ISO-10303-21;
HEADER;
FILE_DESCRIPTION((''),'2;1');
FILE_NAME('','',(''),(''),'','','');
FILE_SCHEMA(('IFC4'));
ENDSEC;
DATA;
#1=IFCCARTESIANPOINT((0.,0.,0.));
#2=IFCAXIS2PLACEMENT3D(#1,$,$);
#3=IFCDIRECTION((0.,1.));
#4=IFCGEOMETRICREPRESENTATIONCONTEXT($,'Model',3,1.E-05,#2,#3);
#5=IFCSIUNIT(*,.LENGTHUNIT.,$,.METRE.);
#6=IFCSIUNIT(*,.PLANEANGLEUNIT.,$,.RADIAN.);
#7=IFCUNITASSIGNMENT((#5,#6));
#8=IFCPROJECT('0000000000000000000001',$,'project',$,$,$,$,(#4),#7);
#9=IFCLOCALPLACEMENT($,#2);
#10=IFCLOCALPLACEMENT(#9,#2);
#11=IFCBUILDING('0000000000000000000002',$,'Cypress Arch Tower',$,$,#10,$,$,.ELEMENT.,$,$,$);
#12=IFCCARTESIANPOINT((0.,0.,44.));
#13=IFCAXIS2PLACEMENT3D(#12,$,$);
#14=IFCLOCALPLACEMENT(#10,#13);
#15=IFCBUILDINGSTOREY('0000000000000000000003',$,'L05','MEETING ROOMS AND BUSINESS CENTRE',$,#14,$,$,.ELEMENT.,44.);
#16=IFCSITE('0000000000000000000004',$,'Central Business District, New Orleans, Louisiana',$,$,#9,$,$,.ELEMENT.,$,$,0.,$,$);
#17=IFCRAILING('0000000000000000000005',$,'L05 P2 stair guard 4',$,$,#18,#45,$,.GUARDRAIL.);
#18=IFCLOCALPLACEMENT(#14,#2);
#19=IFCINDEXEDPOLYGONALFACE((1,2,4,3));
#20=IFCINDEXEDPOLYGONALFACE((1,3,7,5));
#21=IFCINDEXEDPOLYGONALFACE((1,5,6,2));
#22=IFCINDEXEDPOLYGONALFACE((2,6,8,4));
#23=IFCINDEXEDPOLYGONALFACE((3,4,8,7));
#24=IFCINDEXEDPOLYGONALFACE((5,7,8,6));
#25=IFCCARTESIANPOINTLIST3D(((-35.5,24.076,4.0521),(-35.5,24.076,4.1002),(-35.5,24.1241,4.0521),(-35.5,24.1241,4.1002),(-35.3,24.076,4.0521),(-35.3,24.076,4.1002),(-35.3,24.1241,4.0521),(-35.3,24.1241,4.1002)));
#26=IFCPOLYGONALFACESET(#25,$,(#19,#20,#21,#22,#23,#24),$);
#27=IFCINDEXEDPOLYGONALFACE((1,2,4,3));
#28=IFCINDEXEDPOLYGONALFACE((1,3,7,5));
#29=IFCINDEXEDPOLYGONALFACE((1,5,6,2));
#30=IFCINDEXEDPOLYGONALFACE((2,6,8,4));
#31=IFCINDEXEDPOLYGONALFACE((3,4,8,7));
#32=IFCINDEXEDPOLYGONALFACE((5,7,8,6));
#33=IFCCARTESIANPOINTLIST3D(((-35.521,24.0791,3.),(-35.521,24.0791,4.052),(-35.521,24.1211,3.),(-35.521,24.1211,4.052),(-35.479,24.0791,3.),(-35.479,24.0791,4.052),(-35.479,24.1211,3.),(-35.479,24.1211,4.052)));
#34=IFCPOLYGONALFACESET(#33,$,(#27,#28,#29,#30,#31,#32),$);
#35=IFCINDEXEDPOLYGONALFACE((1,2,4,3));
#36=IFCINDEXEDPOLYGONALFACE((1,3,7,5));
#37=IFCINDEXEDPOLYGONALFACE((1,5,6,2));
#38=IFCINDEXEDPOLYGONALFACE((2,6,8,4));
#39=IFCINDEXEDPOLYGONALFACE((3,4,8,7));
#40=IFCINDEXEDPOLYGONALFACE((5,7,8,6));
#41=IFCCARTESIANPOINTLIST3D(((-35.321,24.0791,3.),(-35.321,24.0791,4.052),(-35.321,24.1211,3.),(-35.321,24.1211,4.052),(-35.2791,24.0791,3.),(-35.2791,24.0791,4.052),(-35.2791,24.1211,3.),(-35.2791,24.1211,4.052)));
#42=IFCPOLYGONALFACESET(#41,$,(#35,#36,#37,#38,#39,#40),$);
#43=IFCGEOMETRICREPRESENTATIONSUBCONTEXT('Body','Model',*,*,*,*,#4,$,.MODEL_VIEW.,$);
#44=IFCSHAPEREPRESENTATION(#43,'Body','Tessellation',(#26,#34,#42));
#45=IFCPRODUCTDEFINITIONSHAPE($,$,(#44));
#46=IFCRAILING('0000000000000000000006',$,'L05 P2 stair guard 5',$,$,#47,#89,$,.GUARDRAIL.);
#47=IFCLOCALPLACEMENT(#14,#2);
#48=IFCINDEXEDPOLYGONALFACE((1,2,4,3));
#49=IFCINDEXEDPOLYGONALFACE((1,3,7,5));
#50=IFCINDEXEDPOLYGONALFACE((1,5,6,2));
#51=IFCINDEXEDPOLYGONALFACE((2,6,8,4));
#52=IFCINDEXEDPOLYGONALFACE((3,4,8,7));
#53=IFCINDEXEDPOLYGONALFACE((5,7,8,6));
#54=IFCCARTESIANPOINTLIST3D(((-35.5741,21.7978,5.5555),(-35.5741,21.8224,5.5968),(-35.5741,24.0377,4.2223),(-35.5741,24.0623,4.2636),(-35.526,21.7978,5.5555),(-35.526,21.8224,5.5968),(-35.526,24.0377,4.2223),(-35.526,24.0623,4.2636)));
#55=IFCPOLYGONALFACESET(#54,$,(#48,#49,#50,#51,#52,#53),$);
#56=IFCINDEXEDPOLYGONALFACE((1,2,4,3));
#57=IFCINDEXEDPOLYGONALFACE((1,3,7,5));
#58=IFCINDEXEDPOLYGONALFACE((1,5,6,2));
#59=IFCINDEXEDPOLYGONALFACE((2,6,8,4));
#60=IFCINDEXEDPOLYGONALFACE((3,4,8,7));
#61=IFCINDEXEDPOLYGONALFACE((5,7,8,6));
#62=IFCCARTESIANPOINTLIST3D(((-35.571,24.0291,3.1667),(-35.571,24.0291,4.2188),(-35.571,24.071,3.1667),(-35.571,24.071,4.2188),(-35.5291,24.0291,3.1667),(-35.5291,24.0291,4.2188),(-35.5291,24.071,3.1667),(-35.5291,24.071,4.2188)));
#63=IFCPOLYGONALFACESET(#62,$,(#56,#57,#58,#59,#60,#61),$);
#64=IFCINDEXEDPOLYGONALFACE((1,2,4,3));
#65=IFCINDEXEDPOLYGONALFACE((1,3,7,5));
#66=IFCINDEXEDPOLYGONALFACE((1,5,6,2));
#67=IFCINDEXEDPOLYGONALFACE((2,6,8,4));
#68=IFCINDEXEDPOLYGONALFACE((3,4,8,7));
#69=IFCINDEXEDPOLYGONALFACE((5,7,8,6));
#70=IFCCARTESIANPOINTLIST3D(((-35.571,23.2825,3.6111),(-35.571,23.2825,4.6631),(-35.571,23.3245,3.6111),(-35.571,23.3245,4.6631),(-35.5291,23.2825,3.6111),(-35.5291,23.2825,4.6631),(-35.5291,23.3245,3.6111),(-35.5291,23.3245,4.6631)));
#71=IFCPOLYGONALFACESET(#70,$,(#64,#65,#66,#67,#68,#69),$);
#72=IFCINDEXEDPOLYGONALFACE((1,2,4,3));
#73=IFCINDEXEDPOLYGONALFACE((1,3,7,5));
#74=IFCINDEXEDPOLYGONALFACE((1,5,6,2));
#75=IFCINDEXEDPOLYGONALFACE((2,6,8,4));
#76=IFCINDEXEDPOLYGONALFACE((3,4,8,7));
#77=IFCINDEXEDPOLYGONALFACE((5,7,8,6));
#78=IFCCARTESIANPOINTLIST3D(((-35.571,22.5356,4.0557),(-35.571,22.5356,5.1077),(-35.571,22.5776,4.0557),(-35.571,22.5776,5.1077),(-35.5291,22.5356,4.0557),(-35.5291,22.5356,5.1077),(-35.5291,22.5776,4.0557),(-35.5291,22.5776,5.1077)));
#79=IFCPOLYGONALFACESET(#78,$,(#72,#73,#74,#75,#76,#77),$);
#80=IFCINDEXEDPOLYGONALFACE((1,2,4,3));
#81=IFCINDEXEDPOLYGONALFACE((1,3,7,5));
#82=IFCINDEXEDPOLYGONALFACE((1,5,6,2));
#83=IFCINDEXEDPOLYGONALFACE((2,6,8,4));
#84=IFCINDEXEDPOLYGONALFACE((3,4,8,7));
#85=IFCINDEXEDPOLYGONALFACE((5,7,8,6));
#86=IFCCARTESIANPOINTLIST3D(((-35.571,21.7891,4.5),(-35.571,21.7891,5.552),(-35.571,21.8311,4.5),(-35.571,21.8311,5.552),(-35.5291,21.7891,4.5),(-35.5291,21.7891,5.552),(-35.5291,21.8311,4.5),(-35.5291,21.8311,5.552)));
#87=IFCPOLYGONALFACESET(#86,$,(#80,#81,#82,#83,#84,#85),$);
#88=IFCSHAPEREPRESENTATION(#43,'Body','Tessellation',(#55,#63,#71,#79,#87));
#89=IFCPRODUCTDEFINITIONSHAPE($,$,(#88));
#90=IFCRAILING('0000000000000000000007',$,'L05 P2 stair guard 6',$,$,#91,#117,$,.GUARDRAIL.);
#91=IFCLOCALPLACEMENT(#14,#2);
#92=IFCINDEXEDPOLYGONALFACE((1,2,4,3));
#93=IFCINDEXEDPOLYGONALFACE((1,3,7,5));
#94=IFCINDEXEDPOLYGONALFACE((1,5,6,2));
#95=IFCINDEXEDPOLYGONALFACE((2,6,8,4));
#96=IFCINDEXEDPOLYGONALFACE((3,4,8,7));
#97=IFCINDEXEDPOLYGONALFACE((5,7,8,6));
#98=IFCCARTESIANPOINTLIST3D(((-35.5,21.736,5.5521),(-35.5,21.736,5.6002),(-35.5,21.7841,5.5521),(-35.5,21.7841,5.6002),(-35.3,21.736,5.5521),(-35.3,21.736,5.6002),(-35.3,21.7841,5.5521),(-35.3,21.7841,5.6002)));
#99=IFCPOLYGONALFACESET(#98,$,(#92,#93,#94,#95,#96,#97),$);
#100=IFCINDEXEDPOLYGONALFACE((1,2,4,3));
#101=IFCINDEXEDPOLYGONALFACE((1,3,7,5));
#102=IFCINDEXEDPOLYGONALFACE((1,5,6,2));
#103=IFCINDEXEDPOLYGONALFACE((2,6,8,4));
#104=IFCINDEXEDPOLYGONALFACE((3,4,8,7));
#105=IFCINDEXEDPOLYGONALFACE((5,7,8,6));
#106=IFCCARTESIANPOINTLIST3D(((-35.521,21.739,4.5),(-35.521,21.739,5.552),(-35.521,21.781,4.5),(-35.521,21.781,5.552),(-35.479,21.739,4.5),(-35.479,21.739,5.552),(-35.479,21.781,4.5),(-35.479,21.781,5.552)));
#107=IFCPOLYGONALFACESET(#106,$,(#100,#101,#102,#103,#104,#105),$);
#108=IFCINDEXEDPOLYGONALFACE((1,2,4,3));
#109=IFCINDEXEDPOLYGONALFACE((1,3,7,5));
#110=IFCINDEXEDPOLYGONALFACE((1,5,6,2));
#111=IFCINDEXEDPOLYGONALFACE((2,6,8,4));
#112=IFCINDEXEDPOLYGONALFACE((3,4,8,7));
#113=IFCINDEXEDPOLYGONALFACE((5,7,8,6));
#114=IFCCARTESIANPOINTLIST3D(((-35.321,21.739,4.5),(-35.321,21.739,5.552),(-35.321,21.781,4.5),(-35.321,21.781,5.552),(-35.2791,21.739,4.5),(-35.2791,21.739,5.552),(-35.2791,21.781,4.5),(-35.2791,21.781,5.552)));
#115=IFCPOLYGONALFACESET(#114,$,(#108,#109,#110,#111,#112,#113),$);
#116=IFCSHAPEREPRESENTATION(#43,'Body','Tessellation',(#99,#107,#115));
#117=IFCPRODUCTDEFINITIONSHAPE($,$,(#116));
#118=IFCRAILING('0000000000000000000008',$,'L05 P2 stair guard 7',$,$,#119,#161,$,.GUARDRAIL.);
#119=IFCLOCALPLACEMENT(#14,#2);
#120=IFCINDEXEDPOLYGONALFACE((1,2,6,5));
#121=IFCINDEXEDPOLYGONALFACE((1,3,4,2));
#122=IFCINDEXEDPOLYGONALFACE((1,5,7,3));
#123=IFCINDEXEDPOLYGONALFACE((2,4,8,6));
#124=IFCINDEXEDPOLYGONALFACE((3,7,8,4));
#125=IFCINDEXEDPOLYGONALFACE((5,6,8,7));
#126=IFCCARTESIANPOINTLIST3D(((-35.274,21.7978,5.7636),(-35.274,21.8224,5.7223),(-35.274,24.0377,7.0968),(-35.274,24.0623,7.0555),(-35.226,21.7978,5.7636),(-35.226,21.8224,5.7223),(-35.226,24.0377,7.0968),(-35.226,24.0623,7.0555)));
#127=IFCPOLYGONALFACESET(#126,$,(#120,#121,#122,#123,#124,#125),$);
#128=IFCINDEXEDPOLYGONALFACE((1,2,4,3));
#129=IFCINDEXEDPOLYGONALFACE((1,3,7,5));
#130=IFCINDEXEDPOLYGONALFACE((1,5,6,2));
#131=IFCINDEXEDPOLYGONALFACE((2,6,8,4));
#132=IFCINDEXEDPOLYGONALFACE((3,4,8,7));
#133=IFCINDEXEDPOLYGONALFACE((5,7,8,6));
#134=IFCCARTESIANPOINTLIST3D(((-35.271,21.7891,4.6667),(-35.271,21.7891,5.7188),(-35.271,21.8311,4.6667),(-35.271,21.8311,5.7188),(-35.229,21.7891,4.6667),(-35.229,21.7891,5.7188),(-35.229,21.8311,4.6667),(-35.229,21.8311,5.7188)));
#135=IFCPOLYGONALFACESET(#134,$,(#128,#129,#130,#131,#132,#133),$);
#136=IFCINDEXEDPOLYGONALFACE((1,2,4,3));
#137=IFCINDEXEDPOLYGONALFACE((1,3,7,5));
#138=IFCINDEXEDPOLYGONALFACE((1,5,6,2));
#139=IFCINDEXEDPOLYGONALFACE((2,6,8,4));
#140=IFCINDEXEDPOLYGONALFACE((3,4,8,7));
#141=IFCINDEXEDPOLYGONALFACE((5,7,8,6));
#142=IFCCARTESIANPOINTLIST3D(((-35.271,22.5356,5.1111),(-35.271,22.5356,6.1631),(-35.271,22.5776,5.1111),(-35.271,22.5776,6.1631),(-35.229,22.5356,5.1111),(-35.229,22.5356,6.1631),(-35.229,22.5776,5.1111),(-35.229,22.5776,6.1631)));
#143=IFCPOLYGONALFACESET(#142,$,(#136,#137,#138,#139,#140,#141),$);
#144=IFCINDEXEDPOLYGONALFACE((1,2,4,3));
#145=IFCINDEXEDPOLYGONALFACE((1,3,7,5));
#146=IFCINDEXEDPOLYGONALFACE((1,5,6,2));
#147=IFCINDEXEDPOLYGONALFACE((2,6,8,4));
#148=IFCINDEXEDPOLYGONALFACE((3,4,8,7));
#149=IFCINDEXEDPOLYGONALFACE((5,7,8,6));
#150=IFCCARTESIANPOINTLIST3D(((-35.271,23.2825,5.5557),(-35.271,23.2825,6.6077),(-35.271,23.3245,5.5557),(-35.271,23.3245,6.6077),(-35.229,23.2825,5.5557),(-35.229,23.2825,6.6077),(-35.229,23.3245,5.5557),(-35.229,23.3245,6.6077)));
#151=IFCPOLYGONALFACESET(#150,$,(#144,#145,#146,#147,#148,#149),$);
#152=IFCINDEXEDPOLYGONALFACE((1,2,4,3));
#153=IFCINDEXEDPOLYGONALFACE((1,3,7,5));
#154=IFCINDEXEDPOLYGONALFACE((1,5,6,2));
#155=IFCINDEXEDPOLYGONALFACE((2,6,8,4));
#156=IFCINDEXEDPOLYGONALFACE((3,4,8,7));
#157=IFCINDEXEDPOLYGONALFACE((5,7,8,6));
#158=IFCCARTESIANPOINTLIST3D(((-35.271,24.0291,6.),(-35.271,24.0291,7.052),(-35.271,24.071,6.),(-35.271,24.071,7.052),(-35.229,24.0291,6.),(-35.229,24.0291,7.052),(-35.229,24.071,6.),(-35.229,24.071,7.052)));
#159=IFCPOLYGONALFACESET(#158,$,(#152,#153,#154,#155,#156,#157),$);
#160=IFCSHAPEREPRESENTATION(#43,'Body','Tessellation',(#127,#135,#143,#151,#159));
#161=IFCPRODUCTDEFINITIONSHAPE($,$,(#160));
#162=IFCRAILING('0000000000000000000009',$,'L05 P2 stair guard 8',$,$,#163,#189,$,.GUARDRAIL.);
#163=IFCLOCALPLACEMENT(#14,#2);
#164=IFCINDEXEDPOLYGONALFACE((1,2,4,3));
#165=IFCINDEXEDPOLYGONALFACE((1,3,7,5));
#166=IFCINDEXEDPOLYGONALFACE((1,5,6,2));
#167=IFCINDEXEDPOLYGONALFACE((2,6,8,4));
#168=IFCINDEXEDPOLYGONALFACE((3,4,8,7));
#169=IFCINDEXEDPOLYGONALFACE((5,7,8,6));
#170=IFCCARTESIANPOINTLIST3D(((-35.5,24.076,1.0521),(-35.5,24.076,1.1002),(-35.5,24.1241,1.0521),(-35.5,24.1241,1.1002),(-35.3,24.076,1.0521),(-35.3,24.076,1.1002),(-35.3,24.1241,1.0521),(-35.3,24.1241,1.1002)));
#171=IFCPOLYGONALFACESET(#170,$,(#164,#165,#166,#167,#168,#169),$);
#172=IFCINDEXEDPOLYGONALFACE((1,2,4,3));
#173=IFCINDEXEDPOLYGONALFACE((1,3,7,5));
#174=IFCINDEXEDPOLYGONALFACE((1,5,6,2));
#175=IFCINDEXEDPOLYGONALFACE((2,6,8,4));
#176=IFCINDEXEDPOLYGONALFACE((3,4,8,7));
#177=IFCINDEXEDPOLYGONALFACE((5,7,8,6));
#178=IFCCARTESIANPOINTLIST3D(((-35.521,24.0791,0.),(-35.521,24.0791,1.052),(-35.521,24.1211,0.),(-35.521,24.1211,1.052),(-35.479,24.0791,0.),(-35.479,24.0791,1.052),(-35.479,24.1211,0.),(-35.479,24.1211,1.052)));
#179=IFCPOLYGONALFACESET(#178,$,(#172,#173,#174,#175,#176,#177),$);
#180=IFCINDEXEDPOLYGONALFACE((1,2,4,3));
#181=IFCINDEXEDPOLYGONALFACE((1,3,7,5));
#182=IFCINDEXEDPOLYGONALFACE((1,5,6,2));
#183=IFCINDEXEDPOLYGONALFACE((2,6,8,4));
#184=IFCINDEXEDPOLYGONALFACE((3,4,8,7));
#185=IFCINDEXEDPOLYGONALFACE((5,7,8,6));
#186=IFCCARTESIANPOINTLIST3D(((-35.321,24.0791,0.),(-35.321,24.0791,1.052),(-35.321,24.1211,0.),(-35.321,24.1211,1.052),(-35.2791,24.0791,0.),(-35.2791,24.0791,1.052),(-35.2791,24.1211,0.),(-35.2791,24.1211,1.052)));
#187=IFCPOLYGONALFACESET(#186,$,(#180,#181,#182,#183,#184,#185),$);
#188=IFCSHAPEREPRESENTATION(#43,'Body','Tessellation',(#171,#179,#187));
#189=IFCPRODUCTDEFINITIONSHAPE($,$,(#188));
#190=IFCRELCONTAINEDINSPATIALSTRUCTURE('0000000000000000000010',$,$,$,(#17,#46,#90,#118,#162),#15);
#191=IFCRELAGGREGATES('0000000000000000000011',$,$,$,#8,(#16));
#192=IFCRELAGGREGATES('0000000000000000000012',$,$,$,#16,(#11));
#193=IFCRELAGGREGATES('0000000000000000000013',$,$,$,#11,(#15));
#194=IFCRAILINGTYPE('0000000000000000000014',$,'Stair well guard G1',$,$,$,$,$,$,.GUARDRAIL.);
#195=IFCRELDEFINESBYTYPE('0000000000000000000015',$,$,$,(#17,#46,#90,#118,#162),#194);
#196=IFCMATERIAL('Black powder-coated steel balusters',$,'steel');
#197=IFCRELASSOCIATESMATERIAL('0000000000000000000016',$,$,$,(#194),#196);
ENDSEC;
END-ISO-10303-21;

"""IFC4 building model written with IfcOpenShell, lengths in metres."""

from ifc_helpers import new_model, si_unit, direction, frame, origin, origin_2d, place, context, subcontext, project, spatial, rectangle, extrude, material, type_object, element, save


model = new_model("IFC4")

# Units and contexts
model_context = context("Model", 3, precision=1e-05, world=origin(), true_north=direction((0.0, 1.0)))
body_context = subcontext(model_context, "Body", "Model", "MODEL_VIEW")
ifc_project = project(units=[si_unit("LENGTHUNIT", "METRE"), si_unit("PLANEANGLEUNIT", "RADIAN")], contexts=[model_context])

# Site, building, storey
site_placement = place(None, origin())
site = spatial("IfcSite", under=ifc_project, at=site_placement, Name="Central Business District, New Orleans, Louisiana", CompositionType="ELEMENT", RefElevation=0.0)
building_placement = place(site_placement, origin())
building = spatial("IfcBuilding", under=site, at=building_placement, Name="Cypress Arch Tower", CompositionType="ELEMENT")
storey_placement = place(building_placement, frame((0.0, 0.0, 44.0)))
storey = spatial("IfcBuildingStorey", under=building, at=storey_placement, Name="L05", Description="MEETING ROOMS AND BUSINESS CENTRE", CompositionType="ELEMENT", Elevation=44.0)

# Railings
ifc_material_1 = material(Name="Black powder-coated steel balusters", Category="steel")
railing_type_1 = type_object("IfcRailingType", Name="Stair well guard G1", PredefinedType="GUARDRAIL", material=ifc_material_1)
railing_1_placement = place(storey_placement, frame((-35.5, 24.1001, 3.0)))
element("IfcRailing", 1, at=railing_1_placement, inside=storey, type_object=railing_type_1, Name="L05 P2 stair guard 4", PredefinedType="GUARDRAIL", context=body_context, shape_type="SweptSolid", body=[
    extrude(rectangle(XDim=0.0481, YDim=0.0481, at=origin_2d()), frame((0.0, 0.0, 1.0762), z_axis=(1.0, 0.0, 0.0), x_axis=(0.0, 1.0, 0.0)), (0.0, 0.0, 1.0), 0.2),
    extrude(rectangle(XDim=0.042, YDim=0.042, at=origin_2d()), origin(), (0.0, 0.0, 1.0), 1.052),
    extrude(rectangle(XDim=0.042, YDim=0.042, at=origin_2d()), frame((0.2, 0.0, 0.0)), (0.0, 0.0, 1.0), 1.052),
])
railing_2_placement = place(storey_placement, frame((-35.55, 24.05, 3.1667)))
element("IfcRailing", 2, at=railing_2_placement, inside=storey, type_object=railing_type_1, Name="L05 P2 stair guard 5", PredefinedType="GUARDRAIL", context=body_context, shape_type="SweptSolid", body=[
    extrude(rectangle(XDim=0.0481, YDim=0.0481, at=origin_2d()), frame((0.0, 0.0, 1.0762), z_axis=(0.0, -0.859306, 0.511462), x_axis=(1.0, 0.0, 0.0)), (0.0, 0.0, 1.0), 2.6067),
    extrude(rectangle(XDim=0.042, YDim=0.042, at=origin_2d()), origin(), (0.0, 0.0, 1.0), 1.052),
    extrude(rectangle(XDim=0.042, YDim=0.042, at=origin_2d()), frame((0.0, -0.7466, 0.4443)), (0.0, 0.0, 1.0), 1.052),
    extrude(rectangle(XDim=0.042, YDim=0.042, at=origin_2d()), frame((0.0, -1.4934, 0.8889)), (0.0, 0.0, 1.0), 1.052),
    extrude(rectangle(XDim=0.042, YDim=0.042, at=origin_2d()), frame((0.0, -2.24, 1.3333)), (0.0, 0.0, 1.0), 1.052),
])
railing_3_placement = place(storey_placement, frame((-35.5, 21.76, 4.5)))
element("IfcRailing", 3, at=railing_3_placement, inside=storey, type_object=railing_type_1, Name="L05 P2 stair guard 6", PredefinedType="GUARDRAIL", context=body_context, shape_type="SweptSolid", body=[
    extrude(rectangle(XDim=0.0481, YDim=0.0481, at=origin_2d()), frame((0.0, 0.0, 1.0762), z_axis=(1.0, 0.0, 0.0), x_axis=(0.0, 1.0, 0.0)), (0.0, 0.0, 1.0), 0.2),
    extrude(rectangle(XDim=0.042, YDim=0.042, at=origin_2d()), origin(), (0.0, 0.0, 1.0), 1.052),
    extrude(rectangle(XDim=0.042, YDim=0.042, at=origin_2d()), frame((0.2, 0.0, 0.0)), (0.0, 0.0, 1.0), 1.052),
])
railing_4_placement = place(storey_placement, frame((-35.25, 21.8101, 4.6667)))
element("IfcRailing", 4, at=railing_4_placement, inside=storey, type_object=railing_type_1, Name="L05 P2 stair guard 7", PredefinedType="GUARDRAIL", context=body_context, shape_type="SweptSolid", body=[
    extrude(rectangle(XDim=0.0481, YDim=0.0481, at=origin_2d()), frame((0.0, 0.0, 1.0762), z_axis=(0.0, 0.859306, 0.511462), x_axis=(-1.0, 0.0, 0.0)), (0.0, 0.0, 1.0), 2.6067),
    extrude(rectangle(XDim=0.042, YDim=0.042, at=origin_2d()), origin(), (0.0, 0.0, 1.0), 1.052),
    extrude(rectangle(XDim=0.042, YDim=0.042, at=origin_2d()), frame((0.0, 0.7466, 0.4443)), (0.0, 0.0, 1.0), 1.052),
    extrude(rectangle(XDim=0.042, YDim=0.042, at=origin_2d()), frame((0.0, 1.4934, 0.8889)), (0.0, 0.0, 1.0), 1.052),
    extrude(rectangle(XDim=0.042, YDim=0.042, at=origin_2d()), frame((0.0, 2.24, 1.3333)), (0.0, 0.0, 1.0), 1.052),
])
railing_5_placement = place(storey_placement, frame((-35.5, 24.1001, 0.0)))
element("IfcRailing", 5, at=railing_5_placement, inside=storey, type_object=railing_type_1, Name="L05 P2 stair guard 8", PredefinedType="GUARDRAIL", context=body_context, shape_type="SweptSolid", body=[
    extrude(rectangle(XDim=0.0481, YDim=0.0481, at=origin_2d()), frame((0.0, 0.0, 1.0762), z_axis=(1.0, 0.0, 0.0), x_axis=(0.0, 1.0, 0.0)), (0.0, 0.0, 1.0), 0.2),
    extrude(rectangle(XDim=0.042, YDim=0.042, at=origin_2d()), origin(), (0.0, 0.0, 1.0), 1.052),
    extrude(rectangle(XDim=0.042, YDim=0.042, at=origin_2d()), frame((0.2, 0.0, 0.0)), (0.0, 0.0, 1.0), 1.052),
])

save(model, "model.ifc")
